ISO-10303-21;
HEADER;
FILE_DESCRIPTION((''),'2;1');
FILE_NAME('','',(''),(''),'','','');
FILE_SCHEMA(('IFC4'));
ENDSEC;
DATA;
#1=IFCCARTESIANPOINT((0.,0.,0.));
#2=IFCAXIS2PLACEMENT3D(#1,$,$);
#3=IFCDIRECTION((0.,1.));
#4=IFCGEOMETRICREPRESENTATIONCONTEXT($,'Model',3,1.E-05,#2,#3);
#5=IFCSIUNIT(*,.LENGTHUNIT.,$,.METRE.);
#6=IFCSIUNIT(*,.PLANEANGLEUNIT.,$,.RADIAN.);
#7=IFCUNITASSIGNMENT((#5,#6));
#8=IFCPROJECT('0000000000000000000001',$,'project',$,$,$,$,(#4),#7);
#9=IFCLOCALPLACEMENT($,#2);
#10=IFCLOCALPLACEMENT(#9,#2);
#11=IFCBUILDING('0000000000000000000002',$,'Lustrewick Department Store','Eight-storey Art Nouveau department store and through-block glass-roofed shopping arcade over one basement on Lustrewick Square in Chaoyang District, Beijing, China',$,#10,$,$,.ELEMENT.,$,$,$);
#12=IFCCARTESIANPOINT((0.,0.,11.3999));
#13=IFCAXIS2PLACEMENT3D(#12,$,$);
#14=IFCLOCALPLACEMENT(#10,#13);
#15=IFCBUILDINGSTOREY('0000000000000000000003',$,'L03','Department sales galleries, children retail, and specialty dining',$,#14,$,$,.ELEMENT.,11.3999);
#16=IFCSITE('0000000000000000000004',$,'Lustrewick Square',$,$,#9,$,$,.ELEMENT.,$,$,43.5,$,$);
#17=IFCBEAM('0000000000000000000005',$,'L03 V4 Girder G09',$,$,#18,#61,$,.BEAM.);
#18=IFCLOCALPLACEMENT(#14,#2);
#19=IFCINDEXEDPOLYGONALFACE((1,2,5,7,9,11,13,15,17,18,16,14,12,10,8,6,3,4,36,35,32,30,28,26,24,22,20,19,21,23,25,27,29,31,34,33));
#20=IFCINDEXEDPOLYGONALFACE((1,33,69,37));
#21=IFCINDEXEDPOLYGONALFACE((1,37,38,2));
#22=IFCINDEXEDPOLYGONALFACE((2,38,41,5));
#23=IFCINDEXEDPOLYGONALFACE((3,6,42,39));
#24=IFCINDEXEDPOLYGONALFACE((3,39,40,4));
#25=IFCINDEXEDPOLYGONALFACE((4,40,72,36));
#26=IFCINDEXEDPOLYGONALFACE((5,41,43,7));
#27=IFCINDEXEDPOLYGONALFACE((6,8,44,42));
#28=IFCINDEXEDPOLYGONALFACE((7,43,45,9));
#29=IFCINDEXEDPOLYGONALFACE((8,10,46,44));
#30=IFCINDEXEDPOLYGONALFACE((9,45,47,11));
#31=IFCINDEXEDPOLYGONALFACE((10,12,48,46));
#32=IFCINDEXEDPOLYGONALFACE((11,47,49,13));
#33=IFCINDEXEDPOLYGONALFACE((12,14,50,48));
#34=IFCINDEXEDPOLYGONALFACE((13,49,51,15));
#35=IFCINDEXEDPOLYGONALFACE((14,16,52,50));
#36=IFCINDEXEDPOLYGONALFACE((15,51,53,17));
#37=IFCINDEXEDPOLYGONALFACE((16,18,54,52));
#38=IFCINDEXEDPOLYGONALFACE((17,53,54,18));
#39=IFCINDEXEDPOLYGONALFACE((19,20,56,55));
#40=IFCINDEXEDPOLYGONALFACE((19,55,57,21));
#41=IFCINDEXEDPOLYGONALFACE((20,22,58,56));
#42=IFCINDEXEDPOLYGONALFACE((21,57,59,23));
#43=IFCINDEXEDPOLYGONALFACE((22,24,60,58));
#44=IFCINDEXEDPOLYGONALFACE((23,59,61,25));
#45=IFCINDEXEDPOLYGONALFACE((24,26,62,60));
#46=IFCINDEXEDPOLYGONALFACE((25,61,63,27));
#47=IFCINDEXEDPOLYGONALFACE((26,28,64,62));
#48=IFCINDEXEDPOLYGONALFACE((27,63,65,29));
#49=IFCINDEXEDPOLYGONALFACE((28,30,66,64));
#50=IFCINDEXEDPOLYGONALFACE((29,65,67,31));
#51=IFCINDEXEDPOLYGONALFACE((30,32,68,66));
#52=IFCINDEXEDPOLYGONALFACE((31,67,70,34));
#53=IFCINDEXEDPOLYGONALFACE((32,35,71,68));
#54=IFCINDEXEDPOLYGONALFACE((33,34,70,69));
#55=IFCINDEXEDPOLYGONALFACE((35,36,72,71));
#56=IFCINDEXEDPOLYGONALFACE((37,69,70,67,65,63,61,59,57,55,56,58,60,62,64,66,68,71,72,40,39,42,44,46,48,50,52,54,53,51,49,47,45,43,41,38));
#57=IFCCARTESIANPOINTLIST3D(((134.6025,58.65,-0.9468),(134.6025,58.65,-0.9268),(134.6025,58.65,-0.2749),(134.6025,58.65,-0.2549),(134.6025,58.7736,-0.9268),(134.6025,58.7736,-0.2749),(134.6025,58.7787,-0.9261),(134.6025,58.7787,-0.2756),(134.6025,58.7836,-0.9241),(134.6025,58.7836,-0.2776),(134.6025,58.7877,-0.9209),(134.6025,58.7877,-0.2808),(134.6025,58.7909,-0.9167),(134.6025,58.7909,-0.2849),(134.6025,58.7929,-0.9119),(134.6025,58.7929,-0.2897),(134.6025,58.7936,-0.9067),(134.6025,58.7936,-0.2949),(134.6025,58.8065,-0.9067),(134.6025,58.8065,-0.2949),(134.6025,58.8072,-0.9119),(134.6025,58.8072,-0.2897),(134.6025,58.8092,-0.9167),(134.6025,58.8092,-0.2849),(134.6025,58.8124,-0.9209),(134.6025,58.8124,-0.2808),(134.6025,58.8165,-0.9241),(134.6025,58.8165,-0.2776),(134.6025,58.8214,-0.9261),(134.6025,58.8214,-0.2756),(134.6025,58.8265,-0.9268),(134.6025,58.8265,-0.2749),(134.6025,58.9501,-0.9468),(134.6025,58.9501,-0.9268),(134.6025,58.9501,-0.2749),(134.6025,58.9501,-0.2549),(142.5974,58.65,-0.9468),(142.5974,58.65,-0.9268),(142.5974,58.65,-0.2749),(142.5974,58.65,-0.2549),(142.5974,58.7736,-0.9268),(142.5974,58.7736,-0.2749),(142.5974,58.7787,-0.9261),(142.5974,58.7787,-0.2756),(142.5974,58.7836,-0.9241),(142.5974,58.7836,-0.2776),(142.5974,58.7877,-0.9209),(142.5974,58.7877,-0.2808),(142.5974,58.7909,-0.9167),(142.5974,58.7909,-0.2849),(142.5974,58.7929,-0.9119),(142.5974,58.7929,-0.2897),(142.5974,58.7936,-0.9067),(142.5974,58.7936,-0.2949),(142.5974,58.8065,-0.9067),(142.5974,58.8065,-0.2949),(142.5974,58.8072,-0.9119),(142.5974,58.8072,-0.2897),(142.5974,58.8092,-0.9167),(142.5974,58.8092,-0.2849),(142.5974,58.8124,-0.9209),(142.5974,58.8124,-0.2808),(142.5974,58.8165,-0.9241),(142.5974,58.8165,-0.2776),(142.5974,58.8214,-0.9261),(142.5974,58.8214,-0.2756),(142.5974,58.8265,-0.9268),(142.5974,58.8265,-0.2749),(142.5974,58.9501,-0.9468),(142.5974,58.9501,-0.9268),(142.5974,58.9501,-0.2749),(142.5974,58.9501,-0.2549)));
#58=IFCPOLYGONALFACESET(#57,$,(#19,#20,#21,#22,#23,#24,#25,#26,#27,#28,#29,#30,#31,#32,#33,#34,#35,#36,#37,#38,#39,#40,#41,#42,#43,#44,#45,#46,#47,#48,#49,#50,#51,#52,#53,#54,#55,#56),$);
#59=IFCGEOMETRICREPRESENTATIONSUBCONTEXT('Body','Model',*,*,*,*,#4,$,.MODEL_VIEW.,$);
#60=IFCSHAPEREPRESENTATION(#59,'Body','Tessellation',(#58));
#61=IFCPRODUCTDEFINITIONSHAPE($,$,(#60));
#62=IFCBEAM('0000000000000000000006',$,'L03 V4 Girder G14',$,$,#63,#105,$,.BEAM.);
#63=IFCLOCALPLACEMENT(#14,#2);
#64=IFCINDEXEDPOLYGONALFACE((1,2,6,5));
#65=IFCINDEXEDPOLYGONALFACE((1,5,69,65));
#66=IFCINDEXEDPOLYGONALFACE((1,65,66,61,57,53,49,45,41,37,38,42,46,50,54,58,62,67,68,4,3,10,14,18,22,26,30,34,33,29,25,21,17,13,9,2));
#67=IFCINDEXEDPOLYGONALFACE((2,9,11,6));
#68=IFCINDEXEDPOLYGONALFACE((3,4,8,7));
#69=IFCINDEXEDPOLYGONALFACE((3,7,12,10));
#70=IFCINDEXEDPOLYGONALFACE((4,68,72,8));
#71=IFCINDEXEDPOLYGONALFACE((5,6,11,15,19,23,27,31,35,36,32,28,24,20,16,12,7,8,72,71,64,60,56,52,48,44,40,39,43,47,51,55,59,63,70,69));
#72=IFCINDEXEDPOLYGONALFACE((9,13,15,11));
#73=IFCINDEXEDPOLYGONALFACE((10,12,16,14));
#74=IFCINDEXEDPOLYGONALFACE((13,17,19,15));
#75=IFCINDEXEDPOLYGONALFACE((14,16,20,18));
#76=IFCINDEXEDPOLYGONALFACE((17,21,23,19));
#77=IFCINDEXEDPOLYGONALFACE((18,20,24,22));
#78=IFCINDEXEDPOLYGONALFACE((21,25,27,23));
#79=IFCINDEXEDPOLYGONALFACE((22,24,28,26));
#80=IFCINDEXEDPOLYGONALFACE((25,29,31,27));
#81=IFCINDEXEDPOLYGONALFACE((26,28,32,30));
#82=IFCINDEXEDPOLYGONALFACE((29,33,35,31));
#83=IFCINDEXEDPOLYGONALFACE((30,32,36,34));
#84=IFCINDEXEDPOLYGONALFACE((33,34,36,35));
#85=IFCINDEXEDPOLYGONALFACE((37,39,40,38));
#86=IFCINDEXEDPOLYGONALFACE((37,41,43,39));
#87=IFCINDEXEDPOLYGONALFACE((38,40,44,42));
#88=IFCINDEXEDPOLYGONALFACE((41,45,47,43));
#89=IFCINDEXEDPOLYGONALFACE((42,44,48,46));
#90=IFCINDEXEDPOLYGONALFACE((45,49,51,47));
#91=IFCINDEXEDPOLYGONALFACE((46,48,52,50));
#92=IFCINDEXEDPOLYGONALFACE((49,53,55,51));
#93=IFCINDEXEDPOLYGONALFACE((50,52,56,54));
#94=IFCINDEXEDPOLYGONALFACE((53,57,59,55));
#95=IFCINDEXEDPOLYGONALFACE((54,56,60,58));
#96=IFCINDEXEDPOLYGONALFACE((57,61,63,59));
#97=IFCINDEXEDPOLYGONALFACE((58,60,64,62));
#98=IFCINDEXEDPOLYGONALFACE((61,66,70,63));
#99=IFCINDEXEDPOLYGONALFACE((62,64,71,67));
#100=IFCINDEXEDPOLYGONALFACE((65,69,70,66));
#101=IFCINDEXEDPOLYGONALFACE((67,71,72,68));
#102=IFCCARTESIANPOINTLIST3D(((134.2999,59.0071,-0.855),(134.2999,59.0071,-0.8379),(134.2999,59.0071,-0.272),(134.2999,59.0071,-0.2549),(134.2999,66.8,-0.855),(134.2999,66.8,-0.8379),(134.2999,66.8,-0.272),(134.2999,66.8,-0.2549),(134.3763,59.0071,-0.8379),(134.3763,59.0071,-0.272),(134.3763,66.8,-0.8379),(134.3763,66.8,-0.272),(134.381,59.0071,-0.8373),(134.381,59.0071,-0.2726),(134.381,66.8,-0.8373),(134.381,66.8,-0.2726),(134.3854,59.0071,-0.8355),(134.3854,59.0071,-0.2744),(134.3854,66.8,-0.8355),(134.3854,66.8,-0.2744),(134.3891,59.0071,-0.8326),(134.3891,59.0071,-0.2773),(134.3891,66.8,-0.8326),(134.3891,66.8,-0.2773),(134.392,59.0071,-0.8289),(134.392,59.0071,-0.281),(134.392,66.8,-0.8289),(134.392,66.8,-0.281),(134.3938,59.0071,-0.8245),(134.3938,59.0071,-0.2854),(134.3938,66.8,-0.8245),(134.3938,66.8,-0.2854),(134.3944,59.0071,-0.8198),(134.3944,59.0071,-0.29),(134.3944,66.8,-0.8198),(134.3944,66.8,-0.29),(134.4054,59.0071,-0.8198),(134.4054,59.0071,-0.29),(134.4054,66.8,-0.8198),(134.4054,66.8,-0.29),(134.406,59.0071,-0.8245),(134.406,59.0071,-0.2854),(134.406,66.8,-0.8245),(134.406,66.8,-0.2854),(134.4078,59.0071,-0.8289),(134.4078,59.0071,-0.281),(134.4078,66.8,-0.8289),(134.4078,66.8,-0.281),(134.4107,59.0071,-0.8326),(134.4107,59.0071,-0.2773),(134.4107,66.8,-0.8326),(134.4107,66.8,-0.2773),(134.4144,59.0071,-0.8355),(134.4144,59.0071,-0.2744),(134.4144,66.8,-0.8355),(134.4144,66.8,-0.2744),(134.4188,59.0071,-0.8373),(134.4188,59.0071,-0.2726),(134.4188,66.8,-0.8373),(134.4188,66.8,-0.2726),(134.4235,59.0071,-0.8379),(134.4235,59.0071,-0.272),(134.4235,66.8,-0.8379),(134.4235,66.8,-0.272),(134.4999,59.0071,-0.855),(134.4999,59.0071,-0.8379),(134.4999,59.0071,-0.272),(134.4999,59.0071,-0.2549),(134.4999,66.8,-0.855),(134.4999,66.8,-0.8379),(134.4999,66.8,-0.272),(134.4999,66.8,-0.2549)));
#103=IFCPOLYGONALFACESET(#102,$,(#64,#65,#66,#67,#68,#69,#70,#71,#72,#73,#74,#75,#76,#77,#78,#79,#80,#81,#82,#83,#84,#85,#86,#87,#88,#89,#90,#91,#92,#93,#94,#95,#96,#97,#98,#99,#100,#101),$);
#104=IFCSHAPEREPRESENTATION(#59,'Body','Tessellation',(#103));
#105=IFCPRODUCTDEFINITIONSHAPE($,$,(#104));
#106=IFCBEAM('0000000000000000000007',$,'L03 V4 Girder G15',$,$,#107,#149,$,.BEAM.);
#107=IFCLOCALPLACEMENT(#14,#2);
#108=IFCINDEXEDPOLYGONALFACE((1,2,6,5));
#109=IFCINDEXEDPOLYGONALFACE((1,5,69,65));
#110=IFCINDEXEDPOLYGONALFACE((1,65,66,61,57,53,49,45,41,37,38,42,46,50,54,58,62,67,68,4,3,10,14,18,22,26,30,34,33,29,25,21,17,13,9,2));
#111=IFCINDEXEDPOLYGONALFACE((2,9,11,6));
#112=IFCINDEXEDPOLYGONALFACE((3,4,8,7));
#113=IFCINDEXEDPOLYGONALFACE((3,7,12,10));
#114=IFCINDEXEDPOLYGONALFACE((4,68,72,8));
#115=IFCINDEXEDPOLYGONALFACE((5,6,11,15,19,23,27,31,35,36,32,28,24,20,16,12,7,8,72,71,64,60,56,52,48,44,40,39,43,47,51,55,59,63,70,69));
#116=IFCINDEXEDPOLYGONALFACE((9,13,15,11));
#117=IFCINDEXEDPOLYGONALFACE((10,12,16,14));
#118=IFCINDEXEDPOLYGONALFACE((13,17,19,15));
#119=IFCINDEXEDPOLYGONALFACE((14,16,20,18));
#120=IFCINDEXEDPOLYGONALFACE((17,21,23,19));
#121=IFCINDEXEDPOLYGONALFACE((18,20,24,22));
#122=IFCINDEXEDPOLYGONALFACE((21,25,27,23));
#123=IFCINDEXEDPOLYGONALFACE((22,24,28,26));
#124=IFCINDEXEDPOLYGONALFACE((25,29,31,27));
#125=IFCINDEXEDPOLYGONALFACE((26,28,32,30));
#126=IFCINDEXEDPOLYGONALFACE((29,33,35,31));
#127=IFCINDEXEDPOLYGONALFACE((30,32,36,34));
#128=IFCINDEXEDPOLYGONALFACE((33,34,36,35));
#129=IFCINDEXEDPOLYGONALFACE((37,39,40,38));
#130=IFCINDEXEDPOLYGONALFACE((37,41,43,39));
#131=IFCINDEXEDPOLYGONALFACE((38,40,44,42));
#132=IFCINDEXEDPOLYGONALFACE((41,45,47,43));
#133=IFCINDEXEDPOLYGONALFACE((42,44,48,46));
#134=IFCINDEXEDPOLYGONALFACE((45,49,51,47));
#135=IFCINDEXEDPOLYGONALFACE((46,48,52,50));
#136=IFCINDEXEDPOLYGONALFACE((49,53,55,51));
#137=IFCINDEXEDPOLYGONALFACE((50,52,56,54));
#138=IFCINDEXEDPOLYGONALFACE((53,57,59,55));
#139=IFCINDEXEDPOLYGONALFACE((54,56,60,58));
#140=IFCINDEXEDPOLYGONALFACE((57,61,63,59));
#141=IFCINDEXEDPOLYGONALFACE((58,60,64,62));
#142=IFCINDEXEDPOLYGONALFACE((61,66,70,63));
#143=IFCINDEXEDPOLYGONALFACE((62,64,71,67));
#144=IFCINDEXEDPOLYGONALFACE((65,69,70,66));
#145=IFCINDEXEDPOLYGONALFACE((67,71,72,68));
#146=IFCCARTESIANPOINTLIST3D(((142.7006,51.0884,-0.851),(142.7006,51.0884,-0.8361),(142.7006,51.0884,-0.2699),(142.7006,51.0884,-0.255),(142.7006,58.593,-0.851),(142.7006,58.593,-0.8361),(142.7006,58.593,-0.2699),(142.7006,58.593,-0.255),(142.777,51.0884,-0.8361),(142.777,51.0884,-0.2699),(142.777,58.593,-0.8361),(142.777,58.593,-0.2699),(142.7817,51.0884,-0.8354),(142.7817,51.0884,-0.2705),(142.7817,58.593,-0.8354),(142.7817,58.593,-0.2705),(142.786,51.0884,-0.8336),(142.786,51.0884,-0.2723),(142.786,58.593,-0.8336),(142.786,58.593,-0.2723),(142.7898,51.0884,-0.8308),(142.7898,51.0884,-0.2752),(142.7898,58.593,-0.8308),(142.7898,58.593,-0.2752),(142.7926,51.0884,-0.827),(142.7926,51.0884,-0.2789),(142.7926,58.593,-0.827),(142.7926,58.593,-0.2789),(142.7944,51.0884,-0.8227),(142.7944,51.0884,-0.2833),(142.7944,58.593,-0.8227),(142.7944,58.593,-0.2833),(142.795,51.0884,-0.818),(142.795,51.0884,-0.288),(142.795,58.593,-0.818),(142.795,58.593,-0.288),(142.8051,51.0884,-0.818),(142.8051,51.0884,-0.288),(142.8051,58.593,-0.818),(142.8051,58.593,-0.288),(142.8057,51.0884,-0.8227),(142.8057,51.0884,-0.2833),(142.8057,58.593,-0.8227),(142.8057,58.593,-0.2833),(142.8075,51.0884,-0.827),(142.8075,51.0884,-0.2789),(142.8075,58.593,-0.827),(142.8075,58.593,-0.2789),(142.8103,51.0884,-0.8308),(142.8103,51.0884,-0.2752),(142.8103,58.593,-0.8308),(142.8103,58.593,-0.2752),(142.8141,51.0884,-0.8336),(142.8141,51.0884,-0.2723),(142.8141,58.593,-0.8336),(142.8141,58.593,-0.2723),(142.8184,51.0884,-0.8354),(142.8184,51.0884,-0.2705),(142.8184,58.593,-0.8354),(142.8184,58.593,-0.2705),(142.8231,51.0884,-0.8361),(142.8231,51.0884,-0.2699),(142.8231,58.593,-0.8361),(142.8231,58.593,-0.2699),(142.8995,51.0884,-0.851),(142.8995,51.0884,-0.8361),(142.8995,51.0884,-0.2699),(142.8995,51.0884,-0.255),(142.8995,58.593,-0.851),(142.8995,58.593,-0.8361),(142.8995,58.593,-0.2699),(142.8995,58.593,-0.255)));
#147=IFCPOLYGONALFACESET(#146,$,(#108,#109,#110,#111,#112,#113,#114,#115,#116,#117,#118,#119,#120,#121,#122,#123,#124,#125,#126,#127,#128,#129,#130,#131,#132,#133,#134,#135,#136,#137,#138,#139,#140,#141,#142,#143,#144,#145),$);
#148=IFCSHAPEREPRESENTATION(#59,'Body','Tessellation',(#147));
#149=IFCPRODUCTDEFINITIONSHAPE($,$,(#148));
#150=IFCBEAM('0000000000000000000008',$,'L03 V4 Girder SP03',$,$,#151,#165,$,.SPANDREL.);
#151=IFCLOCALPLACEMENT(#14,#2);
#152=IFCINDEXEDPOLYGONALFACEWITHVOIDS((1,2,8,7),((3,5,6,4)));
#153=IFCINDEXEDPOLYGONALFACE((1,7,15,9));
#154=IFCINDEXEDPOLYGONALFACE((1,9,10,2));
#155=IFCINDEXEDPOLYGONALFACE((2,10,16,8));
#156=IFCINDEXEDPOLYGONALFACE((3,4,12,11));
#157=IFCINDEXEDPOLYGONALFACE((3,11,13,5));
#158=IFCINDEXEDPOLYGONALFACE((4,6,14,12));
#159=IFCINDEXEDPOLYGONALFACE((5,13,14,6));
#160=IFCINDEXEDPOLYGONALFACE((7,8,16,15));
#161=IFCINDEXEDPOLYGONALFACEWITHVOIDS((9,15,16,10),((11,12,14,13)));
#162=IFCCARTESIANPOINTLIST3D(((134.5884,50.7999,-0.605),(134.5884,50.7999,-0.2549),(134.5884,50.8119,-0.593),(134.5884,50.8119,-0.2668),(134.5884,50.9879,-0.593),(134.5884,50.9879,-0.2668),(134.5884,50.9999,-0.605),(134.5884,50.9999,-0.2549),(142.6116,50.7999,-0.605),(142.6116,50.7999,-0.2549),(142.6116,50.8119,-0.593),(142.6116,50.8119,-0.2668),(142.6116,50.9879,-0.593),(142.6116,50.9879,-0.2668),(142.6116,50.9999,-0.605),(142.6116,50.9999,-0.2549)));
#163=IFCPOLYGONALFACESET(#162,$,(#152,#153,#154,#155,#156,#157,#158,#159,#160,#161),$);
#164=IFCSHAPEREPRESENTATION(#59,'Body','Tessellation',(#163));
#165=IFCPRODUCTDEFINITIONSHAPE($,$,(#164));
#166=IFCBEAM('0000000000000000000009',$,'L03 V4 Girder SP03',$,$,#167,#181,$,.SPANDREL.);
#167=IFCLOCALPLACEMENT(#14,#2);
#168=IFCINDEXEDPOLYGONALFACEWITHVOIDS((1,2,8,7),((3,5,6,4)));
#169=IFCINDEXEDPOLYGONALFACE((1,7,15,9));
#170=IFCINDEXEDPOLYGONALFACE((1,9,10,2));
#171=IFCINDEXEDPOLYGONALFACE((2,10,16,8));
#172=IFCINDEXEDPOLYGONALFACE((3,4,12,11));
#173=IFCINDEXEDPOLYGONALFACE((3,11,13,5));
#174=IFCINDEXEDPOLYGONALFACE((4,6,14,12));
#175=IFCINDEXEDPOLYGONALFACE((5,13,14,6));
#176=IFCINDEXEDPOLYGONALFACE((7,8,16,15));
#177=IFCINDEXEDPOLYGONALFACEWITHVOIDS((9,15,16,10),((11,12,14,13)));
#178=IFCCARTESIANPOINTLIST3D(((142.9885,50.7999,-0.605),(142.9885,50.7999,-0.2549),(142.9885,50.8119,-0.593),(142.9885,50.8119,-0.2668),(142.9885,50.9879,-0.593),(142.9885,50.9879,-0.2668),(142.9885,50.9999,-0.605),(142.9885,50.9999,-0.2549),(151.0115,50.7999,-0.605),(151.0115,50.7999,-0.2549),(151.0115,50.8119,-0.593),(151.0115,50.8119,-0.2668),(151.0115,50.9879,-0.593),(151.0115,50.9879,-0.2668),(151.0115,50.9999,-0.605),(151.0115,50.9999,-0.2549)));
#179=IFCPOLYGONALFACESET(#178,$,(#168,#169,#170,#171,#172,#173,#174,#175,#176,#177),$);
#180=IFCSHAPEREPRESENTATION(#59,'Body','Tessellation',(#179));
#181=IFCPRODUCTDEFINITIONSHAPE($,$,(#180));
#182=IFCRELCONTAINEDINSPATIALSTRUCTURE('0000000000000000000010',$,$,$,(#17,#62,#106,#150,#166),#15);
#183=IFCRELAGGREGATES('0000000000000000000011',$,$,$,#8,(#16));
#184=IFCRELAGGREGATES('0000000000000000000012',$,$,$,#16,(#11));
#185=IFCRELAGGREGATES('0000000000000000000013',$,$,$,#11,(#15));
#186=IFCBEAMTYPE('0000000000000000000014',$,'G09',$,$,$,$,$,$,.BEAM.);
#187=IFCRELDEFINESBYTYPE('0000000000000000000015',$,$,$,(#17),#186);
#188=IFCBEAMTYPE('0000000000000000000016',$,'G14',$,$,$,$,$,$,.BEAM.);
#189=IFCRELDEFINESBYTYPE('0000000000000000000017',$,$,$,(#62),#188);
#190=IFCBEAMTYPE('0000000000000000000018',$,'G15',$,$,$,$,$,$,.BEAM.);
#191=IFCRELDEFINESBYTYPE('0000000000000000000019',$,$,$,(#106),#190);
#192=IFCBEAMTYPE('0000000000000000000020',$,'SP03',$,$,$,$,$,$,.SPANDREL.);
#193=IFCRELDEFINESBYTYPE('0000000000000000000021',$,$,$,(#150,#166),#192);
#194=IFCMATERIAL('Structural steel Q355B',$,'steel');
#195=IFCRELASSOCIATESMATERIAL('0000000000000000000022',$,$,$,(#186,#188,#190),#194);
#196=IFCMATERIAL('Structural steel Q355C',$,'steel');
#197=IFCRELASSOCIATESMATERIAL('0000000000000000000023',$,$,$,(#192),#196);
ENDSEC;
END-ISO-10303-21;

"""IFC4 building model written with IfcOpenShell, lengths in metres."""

from ifc_helpers import new_model, si_unit, direction, frame, origin, origin_2d, place, context, subcontext, project, spatial, hollow_rectangle, i_section, extrude, material, material_profile, profile_set, type_object, element, save


model = new_model("IFC4")

# Units and contexts
model_context = context("Model", 3, precision=1e-05, world=origin(), true_north=direction((0.0, 1.0)))
body_context = subcontext(model_context, "Body", "Model", "MODEL_VIEW")
ifc_project = project(units=[si_unit("LENGTHUNIT", "METRE"), si_unit("PLANEANGLEUNIT", "RADIAN")], contexts=[model_context])

# Site, building, storey
site_placement = place(None, origin())
site = spatial("IfcSite", under=ifc_project, at=site_placement, Name="Lustrewick Square", CompositionType="ELEMENT", RefElevation=43.5)
building_placement = place(site_placement, origin())
building = spatial("IfcBuilding", under=site, at=building_placement, Name="Lustrewick Department Store", Description="Eight-storey Art Nouveau department store and through-block glass-roofed shopping arcade over one basement on Lustrewick Square in Chaoyang District, Beijing, China", CompositionType="ELEMENT")
storey_placement = place(building_placement, frame((0.0, 0.0, 11.3999)))
storey = spatial("IfcBuildingStorey", under=building, at=storey_placement, Name="L03", Description="Department sales galleries, children retail, and specialty dining", CompositionType="ELEMENT", Elevation=11.3999)

# Shared definitions
ifc_material_1 = material(Name="Structural steel Q355B", Category="steel")
ifc_material_2 = material(Name="Structural steel Q355C", Category="steel")

# Beams
ifc_material_profile_1 = material_profile(ifc_material_1, i_section(OverallWidth=0.3, OverallDepth=0.6919, WebThickness=0.0129, FlangeThickness=0.02, FilletRadius=0.02, at=origin_2d()), Name="HN 692x300x13x20")
ifc_profile_set_1 = profile_set([ifc_material_profile_1], Name="Structural steel Q355B")
beam_type_1 = type_object("IfcBeamType", Name="G09", PredefinedType="BEAM", material=ifc_profile_set_1)
beam_1_placement = place(storey_placement, frame((134.6025, 58.8, -0.6008), z_axis=(1.0, 0.0, 0.0), x_axis=(0.0, 1.0, 0.0)))
element("IfcBeam", 1, at=beam_1_placement, inside=storey, type_object=beam_type_1, Name="L03 V4 Girder G09", PredefinedType="BEAM", context=body_context, shape_type="SweptSolid", body=[
    extrude(i_section(OverallWidth=0.3, OverallDepth=0.6919, WebThickness=0.0129, FlangeThickness=0.02, FilletRadius=0.02, at=origin_2d()), origin(), (0.0, 0.0, 1.0), 7.9949),
])
ifc_material_profile_2 = material_profile(ifc_material_1, i_section(OverallWidth=0.2, OverallDepth=0.6001, WebThickness=0.011, FlangeThickness=0.0171, FilletRadius=0.0181, at=origin_2d()), Name="HN 600x200x11x17")
ifc_profile_set_2 = profile_set([ifc_material_profile_2], Name="Structural steel Q355B")
beam_type_2 = type_object("IfcBeamType", Name="G14", PredefinedType="BEAM", material=ifc_profile_set_2)
beam_2_placement = place(storey_placement, frame((134.3999, 59.0071, -0.5549), z_axis=(0.0, 1.0, 0.0), x_axis=(-1.0, 0.0, 0.0)))
element("IfcBeam", 2, at=beam_2_placement, inside=storey, type_object=beam_type_2, Name="L03 V4 Girder G14", PredefinedType="BEAM", context=body_context, shape_type="SweptSolid", body=[
    extrude(i_section(OverallWidth=0.2, OverallDepth=0.6001, WebThickness=0.011, FlangeThickness=0.0171, FilletRadius=0.0181, at=origin_2d()), origin(), (0.0, 0.0, 1.0), 7.793),
])
ifc_material_profile_3 = material_profile(ifc_material_1, i_section(OverallWidth=0.199, OverallDepth=0.5959, WebThickness=0.01, FlangeThickness=0.0149, FilletRadius=0.0181, at=origin_2d()), Name="HN 596x199x10x15")
ifc_profile_set_3 = profile_set([ifc_material_profile_3], Name="Structural steel Q355B")
beam_type_3 = type_object("IfcBeamType", Name="G15", PredefinedType="BEAM", material=ifc_profile_set_3)
beam_3_placement = place(storey_placement, frame((142.8, 51.0884, -0.553), z_axis=(0.0, 1.0, 0.0), x_axis=(-1.0, 0.0, 0.0)))
element("IfcBeam", 3, at=beam_3_placement, inside=storey, type_object=beam_type_3, Name="L03 V4 Girder G15", PredefinedType="BEAM", context=body_context, shape_type="SweptSolid", body=[
    extrude(i_section(OverallWidth=0.199, OverallDepth=0.5959, WebThickness=0.01, FlangeThickness=0.0149, FilletRadius=0.0181, at=origin_2d()), origin(), (0.0, 0.0, 1.0), 7.5046),
])
ifc_material_profile_4 = material_profile(ifc_material_2, hollow_rectangle(XDim=0.2, YDim=0.3501, WallThickness=0.012, at=origin_2d()), Name="RHS 350x200x12")
ifc_profile_set_4 = profile_set([ifc_material_profile_4], Name="Structural steel Q355C")
beam_type_4 = type_object("IfcBeamType", Name="SP03", PredefinedType="SPANDREL", material=ifc_profile_set_4)
beam_4_placement = place(storey_placement, frame((134.5884, 50.8999, -0.4299), z_axis=(1.0, 0.0, 0.0), x_axis=(0.0, 1.0, 0.0)))
element("IfcBeam", 4, at=beam_4_placement, inside=storey, type_object=beam_type_4, Name="L03 V4 Girder SP03", PredefinedType="SPANDREL", context=body_context, shape_type="SweptSolid", body=[
    extrude(hollow_rectangle(XDim=0.2, YDim=0.3501, WallThickness=0.012, at=origin_2d()), origin(), (0.0, 0.0, 1.0), 8.0232),
])
beam_5_placement = place(storey_placement, frame((142.9885, 50.8999, -0.4299), z_axis=(1.0, 0.0, 0.0), x_axis=(0.0, 1.0, 0.0)))
element("IfcBeam", 5, at=beam_5_placement, inside=storey, type_object=beam_type_4, Name="L03 V4 Girder SP03", PredefinedType="SPANDREL", context=body_context, shape_type="SweptSolid", body=[
    extrude(hollow_rectangle(XDim=0.2, YDim=0.3501, WallThickness=0.012, at=origin_2d()), origin(), (0.0, 0.0, 1.0), 8.0229),
])

save(model, "model.ifc")
